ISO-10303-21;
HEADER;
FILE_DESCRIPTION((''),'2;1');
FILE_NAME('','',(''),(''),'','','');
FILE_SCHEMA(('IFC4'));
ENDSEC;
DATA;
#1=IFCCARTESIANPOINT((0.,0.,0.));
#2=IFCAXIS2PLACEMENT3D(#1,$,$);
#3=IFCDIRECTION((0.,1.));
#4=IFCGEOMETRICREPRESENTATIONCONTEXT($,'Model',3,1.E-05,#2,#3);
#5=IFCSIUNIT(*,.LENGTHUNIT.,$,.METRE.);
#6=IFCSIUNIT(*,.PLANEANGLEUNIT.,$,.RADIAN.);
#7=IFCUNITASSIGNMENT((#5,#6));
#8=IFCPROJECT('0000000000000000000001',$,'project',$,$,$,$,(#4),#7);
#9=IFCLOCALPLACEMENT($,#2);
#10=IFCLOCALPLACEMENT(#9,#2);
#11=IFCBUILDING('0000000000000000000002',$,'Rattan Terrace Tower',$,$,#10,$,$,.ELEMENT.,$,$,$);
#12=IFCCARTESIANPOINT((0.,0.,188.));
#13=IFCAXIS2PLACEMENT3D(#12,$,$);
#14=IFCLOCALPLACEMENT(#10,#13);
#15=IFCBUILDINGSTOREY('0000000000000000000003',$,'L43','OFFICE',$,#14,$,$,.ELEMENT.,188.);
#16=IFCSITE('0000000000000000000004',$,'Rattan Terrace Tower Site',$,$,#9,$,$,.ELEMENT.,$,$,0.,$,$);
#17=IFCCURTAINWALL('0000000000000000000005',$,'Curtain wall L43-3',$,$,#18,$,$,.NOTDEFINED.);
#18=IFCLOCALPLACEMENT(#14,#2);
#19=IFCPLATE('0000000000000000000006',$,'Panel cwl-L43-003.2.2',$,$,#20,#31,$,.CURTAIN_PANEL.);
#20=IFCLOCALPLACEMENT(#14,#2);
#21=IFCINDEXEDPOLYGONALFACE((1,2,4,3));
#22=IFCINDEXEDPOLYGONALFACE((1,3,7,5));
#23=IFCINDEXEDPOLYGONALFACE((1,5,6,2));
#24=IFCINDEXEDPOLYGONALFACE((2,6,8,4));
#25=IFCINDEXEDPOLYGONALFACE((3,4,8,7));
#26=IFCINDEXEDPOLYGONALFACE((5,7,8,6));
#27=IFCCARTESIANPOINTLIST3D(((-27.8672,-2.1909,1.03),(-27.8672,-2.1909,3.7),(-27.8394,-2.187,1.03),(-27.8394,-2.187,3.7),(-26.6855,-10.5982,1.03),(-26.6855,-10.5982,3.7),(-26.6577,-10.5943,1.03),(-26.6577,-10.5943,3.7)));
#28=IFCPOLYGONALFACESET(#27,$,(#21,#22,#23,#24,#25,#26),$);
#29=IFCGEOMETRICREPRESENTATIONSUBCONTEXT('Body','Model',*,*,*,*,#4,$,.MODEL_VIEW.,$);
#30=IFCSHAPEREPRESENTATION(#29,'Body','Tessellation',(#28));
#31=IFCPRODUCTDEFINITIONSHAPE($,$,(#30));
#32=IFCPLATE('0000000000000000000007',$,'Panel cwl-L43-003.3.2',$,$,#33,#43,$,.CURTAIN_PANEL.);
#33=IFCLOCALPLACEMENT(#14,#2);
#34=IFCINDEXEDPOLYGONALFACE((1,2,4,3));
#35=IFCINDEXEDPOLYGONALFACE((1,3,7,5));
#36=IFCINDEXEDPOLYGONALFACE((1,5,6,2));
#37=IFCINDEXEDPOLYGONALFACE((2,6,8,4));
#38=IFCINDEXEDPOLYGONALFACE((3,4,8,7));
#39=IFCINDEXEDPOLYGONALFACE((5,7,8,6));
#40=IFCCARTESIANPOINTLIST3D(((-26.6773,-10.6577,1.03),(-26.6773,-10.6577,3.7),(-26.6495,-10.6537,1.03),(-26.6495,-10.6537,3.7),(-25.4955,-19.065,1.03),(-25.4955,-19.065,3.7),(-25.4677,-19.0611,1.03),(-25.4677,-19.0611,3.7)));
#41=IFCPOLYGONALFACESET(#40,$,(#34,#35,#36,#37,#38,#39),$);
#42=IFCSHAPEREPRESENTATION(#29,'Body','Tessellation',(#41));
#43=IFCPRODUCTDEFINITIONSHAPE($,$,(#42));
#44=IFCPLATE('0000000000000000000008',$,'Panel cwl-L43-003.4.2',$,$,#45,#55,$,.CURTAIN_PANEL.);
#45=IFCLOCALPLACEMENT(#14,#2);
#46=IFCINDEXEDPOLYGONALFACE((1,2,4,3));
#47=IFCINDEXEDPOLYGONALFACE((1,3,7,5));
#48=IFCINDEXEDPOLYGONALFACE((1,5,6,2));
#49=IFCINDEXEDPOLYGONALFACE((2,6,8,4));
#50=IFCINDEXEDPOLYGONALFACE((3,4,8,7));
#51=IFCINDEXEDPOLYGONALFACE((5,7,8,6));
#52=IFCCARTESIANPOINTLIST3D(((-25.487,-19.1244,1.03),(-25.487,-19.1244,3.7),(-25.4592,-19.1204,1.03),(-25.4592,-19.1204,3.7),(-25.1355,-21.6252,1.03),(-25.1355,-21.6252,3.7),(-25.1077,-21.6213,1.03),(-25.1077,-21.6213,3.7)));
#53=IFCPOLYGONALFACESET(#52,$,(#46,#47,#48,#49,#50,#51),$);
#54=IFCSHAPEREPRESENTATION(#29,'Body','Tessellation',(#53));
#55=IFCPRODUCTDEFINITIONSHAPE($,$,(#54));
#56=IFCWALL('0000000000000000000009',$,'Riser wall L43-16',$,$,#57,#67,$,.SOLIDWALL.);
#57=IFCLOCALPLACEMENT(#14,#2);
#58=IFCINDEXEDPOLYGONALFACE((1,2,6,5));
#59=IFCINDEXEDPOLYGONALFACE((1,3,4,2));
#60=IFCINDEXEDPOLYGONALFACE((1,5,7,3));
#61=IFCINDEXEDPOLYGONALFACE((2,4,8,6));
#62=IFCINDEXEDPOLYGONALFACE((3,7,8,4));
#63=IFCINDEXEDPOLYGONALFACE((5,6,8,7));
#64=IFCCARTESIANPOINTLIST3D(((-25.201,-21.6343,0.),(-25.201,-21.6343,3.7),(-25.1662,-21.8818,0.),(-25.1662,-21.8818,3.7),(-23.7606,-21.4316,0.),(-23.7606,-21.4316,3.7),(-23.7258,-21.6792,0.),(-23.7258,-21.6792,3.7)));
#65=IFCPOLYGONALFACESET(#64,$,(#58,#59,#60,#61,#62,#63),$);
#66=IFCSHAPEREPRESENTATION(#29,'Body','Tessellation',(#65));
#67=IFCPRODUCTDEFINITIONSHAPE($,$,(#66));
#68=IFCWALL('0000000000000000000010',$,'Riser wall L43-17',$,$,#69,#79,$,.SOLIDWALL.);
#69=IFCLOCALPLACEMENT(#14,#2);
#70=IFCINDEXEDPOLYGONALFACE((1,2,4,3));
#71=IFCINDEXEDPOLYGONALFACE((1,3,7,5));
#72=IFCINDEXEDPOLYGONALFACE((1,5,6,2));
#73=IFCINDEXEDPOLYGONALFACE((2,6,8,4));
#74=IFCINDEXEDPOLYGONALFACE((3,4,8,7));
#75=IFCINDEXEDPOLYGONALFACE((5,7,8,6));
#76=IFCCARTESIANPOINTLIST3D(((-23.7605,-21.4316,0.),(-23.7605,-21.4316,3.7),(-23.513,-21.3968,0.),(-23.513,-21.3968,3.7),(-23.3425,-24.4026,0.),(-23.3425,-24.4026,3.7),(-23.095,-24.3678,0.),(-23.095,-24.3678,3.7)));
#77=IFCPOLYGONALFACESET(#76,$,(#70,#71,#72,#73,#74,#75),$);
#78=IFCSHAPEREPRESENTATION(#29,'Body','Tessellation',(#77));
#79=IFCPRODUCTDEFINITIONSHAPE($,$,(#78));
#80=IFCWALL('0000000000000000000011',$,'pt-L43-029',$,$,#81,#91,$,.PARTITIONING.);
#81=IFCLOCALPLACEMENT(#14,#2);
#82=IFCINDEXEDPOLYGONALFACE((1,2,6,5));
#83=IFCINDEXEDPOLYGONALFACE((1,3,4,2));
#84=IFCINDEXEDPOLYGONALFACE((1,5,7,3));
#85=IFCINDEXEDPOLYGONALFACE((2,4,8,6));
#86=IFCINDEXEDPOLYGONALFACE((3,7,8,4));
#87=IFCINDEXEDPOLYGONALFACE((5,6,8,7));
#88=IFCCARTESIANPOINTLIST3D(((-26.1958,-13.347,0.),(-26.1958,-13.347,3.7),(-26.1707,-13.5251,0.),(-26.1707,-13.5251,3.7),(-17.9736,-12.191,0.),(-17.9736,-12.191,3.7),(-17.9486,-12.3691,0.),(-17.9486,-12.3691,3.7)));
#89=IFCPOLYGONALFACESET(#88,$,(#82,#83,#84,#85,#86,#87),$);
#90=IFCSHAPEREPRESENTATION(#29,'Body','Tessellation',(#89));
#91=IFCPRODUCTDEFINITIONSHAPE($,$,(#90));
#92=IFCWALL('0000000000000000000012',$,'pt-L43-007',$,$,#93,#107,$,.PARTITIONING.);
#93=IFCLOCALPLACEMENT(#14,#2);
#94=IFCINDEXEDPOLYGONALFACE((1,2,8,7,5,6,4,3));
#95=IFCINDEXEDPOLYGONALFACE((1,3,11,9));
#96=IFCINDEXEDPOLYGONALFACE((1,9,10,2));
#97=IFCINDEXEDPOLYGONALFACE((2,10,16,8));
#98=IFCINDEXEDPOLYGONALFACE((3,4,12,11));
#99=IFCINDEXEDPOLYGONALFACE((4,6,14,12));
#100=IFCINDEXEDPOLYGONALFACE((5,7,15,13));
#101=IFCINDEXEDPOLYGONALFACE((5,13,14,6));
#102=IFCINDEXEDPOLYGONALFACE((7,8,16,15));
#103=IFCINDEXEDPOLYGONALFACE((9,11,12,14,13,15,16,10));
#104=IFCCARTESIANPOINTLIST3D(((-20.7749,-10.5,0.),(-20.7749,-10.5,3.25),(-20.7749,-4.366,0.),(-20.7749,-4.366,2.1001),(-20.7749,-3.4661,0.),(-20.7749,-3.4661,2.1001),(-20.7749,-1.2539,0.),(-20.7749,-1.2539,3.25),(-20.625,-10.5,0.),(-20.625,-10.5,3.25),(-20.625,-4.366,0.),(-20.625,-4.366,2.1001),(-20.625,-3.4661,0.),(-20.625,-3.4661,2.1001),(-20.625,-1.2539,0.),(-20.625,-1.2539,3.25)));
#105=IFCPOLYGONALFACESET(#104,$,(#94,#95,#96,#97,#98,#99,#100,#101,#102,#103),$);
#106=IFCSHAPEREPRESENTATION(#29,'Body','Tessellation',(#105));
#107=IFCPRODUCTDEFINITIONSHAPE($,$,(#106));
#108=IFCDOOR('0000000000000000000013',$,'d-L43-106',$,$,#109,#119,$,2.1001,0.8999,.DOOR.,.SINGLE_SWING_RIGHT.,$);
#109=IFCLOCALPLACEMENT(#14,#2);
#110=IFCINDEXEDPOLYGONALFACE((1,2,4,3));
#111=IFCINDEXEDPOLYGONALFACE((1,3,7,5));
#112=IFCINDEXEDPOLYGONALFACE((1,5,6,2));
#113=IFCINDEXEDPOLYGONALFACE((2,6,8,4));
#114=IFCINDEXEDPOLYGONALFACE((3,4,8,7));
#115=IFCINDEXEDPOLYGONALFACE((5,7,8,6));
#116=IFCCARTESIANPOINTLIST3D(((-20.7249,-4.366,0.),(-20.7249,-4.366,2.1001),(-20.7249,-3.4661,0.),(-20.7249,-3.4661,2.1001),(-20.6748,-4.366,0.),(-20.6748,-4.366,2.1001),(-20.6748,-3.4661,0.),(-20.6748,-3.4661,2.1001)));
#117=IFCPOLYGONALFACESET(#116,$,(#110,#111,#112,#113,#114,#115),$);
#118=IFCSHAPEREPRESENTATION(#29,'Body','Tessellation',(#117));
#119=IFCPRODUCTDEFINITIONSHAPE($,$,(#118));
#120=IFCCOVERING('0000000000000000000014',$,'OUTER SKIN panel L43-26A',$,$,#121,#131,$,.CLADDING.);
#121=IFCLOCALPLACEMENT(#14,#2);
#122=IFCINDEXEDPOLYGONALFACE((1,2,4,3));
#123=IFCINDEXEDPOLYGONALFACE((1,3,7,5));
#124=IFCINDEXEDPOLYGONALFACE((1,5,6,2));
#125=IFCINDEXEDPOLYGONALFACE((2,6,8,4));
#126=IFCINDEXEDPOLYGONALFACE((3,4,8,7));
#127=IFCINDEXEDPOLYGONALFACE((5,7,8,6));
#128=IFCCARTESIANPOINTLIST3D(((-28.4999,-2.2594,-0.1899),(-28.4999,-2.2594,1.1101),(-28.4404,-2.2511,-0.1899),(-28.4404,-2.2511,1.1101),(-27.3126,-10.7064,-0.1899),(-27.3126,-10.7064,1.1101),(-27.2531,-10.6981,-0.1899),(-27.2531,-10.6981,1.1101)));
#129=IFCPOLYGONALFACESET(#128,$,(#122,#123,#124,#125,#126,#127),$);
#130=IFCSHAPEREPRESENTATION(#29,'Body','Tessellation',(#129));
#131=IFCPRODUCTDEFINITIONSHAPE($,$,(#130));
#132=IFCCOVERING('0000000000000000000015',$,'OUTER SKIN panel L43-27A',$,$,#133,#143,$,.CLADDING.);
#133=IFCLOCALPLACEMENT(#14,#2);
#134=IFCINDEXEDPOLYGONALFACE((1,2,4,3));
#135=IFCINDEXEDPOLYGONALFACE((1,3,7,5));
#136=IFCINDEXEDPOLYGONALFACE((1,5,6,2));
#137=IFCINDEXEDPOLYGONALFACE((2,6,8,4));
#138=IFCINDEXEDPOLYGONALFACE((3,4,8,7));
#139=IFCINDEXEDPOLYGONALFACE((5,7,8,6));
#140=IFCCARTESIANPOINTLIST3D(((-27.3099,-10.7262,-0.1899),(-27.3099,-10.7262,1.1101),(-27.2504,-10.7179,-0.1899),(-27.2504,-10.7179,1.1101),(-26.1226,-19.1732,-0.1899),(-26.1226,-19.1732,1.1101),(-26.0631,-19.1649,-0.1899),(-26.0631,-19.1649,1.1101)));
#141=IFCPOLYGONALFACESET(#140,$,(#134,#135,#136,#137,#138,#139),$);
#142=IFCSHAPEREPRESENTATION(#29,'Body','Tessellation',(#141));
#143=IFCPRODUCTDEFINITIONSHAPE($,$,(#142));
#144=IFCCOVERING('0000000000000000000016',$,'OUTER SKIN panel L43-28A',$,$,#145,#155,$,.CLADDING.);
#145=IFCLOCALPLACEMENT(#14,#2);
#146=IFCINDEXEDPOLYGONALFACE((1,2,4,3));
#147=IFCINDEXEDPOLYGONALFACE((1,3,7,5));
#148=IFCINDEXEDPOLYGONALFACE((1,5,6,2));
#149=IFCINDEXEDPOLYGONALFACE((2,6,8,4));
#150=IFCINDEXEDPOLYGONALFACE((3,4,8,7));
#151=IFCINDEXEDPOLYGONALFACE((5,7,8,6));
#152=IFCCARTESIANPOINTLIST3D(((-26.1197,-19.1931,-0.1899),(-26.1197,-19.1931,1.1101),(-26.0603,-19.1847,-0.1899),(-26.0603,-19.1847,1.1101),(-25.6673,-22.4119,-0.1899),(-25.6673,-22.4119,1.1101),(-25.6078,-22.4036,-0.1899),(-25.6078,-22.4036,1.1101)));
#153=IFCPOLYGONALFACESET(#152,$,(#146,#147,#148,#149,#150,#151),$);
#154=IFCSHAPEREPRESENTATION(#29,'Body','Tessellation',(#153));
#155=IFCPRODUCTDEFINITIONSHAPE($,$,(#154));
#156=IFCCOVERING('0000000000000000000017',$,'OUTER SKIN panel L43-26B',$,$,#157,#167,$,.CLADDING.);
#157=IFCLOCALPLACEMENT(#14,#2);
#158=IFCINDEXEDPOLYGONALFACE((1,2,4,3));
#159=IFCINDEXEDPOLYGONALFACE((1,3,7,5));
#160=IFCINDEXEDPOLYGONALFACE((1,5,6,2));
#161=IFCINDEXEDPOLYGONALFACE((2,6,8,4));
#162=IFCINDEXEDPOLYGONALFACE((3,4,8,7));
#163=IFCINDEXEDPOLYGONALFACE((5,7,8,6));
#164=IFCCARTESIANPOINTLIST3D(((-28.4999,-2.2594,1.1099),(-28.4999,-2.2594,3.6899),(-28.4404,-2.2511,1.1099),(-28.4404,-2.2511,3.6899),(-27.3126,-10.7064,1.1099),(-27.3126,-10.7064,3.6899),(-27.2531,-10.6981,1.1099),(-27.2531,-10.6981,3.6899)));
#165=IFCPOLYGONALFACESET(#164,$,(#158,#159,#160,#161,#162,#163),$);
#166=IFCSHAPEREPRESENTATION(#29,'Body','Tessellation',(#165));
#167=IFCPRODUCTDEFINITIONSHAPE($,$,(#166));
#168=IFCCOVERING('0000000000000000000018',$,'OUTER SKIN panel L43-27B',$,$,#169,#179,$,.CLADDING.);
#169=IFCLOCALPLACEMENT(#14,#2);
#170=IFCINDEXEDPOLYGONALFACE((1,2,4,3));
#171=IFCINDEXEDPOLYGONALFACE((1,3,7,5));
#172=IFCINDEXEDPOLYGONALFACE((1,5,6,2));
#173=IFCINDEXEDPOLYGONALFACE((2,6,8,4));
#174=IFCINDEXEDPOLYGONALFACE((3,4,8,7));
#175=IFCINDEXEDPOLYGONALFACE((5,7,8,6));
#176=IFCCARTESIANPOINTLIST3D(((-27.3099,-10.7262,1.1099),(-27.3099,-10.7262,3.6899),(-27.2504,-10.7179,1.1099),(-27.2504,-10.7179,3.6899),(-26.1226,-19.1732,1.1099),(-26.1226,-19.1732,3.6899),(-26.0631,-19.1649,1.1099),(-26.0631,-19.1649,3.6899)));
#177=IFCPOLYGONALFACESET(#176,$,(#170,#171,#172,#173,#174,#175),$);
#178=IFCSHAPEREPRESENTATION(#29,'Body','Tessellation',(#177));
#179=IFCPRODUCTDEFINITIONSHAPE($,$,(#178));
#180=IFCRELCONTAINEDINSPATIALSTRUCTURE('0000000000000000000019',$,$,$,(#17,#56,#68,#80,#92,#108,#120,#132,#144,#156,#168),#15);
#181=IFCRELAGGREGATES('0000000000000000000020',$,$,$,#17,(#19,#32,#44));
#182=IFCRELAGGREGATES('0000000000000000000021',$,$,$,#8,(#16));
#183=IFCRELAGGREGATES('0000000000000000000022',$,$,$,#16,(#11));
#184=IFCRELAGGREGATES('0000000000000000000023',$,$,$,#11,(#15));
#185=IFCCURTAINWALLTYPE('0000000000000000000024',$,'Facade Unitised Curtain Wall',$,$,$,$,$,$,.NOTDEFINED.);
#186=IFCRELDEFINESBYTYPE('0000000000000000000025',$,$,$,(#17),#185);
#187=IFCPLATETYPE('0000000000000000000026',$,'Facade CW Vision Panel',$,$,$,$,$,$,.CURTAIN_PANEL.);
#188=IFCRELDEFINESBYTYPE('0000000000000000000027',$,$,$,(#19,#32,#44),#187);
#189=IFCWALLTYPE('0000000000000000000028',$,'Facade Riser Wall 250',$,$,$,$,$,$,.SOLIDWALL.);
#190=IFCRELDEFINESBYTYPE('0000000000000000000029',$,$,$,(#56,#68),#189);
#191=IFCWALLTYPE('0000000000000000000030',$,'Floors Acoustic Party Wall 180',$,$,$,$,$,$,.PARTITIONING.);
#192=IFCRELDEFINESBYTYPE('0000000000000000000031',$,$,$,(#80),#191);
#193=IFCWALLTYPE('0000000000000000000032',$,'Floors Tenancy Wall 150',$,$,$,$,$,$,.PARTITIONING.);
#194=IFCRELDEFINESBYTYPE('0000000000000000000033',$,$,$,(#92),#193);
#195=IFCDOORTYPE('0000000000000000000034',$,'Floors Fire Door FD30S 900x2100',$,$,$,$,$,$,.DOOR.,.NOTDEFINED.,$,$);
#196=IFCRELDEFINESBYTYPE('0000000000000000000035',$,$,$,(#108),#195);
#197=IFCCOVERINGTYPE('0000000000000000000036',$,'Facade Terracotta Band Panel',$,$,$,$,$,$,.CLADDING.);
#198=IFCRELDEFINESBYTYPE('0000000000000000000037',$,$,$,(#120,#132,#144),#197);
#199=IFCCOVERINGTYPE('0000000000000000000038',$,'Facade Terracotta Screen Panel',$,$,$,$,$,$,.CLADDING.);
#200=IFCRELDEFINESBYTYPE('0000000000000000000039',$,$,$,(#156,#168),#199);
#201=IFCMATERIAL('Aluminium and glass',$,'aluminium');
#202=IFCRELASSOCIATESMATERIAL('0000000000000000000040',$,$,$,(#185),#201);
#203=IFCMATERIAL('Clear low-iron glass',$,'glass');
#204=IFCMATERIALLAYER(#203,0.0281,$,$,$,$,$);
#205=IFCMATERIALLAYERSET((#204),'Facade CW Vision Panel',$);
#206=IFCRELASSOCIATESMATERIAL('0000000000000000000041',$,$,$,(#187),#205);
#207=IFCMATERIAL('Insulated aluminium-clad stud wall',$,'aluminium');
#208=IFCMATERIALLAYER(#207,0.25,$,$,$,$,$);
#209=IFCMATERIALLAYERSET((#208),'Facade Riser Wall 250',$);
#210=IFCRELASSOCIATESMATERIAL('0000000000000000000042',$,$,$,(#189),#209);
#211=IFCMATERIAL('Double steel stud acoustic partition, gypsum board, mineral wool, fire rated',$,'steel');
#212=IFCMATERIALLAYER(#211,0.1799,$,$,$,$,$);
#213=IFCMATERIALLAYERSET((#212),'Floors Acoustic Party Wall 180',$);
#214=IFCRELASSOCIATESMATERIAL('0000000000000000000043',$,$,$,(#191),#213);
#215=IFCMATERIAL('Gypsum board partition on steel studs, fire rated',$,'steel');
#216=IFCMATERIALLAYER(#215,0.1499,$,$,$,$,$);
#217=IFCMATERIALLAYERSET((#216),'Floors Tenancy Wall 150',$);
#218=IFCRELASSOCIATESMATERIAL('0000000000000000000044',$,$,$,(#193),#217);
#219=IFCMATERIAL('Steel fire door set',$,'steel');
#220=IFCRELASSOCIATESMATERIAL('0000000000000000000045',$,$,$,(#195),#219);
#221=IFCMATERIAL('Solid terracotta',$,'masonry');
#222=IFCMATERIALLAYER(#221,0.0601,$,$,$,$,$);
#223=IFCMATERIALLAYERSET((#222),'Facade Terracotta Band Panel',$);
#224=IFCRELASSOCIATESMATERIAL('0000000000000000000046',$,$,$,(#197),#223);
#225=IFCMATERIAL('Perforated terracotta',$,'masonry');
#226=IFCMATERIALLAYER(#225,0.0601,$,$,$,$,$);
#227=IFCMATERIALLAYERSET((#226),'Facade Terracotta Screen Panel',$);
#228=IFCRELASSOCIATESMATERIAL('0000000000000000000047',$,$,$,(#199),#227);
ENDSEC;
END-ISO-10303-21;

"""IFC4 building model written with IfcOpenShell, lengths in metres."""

from ifc_helpers import new_model, si_unit, direction, frame, frame_2d, origin, origin_2d, place, context, subcontext, project, spatial, rectangle, extrude, material, layer, layer_set, type_object, element, fill, aggregate, save


model = new_model("IFC4")

# Units and contexts
model_context = context("Model", 3, precision=1e-05, world=origin(), true_north=direction((0.0, 1.0)))
body_context = subcontext(model_context, "Body", "Model", "MODEL_VIEW")
ifc_project = project(units=[si_unit("LENGTHUNIT", "METRE"), si_unit("PLANEANGLEUNIT", "RADIAN")], contexts=[model_context])

# Site, building, storey
site_placement = place(None, origin())
site = spatial("IfcSite", under=ifc_project, at=site_placement, Name="Rattan Terrace Tower Site", CompositionType="ELEMENT", RefElevation=0.0)
building_placement = place(site_placement, origin())
building = spatial("IfcBuilding", under=site, at=building_placement, Name="Rattan Terrace Tower", CompositionType="ELEMENT")
storey_placement = place(building_placement, frame((0.0, 0.0, 188.0)))
storey = spatial("IfcBuildingStorey", under=building, at=storey_placement, Name="L43", Description="OFFICE", CompositionType="ELEMENT", Elevation=188.0)

# Curtain wall
ifc_material_1 = material(Name="Aluminium and glass", Category="aluminium")
curtain_wall_type = type_object("IfcCurtainWallType", Name="Facade Unitised Curtain Wall", PredefinedType="NOTDEFINED", material=ifc_material_1)
curtain_wall_placement = place(storey_placement, origin())
curtain_wall = element("IfcCurtainWall", 1, at=curtain_wall_placement, inside=storey, type_object=curtain_wall_type, Name="Curtain wall L43-3", PredefinedType="NOTDEFINED")

# Plates
ifc_material_2 = material(Name="Clear low-iron glass", Category="glass")
ifc_layer_1 = layer(ifc_material_2, 0.0281)
ifc_layer_set_1 = layer_set([ifc_layer_1], Name="Facade CW Vision Panel")
plate_type_1 = type_object("IfcPlateType", Name="Facade CW Vision Panel", PredefinedType="CURTAIN_PANEL", material=ifc_layer_set_1)
plate_1_placement = place(storey_placement, frame((-27.2625, -6.3926, 1.03), z_axis=(0.0, 0.0, 1.0), x_axis=(0.139191, -0.990266, 0.0)))
plate_1 = element("IfcPlate", 2, at=plate_1_placement, type_object=plate_type_1, Name="Panel cwl-L43-003.2.2", PredefinedType="CURTAIN_PANEL", context=body_context, shape_type="SweptSolid", body=[
    extrude(rectangle(XDim=8.49, YDim=0.0281, at=origin_2d()), origin(), (0.0, 0.0, 1.0), 2.6699),
])
plate_2_placement = place(storey_placement, frame((-26.0725, -14.8594, 1.03), z_axis=(0.0, 0.0, 1.0), x_axis=(0.139191, -0.990266, 0.0)))
plate_2 = element("IfcPlate", 3, at=plate_2_placement, type_object=plate_type_1, Name="Panel cwl-L43-003.3.2", PredefinedType="CURTAIN_PANEL", context=body_context, shape_type="SweptSolid", body=[
    extrude(rectangle(XDim=8.49, YDim=0.0281, at=origin_2d()), origin(), (0.0, 0.0, 1.0), 2.6699),
])
plate_3_placement = place(storey_placement, frame((-25.2974, -20.3728, 1.03), z_axis=(0.0, 0.0, 1.0), x_axis=(0.139191, -0.990266, 0.0)))
plate_3 = element("IfcPlate", 4, at=plate_3_placement, type_object=plate_type_1, Name="Panel cwl-L43-003.4.2", PredefinedType="CURTAIN_PANEL", context=body_context, shape_type="SweptSolid", body=[
    extrude(rectangle(XDim=2.5254, YDim=0.0281, at=origin_2d()), origin(), (0.0, 0.0, 1.0), 2.6699),
])
aggregate(curtain_wall, [plate_1, plate_2, plate_3])

# Walls
ifc_material_3 = material(Name="Insulated aluminium-clad stud wall", Category="aluminium")
ifc_layer_2 = layer(ifc_material_3, 0.25)
ifc_layer_set_2 = layer_set([ifc_layer_2], Name="Facade Riser Wall 250")
wall_type_1 = type_object("IfcWallType", Name="Facade Riser Wall 250", PredefinedType="SOLIDWALL", material=ifc_layer_set_2)
wall_1_placement = place(storey_placement, frame((-25.1836, -21.7581, 0.0), z_axis=(0.0, 0.0, 1.0), x_axis=(0.990249, 0.139306, 0.0)))
element("IfcWall", 5, at=wall_1_placement, inside=storey, type_object=wall_type_1, Name="Riser wall L43-16", PredefinedType="SOLIDWALL", context=body_context, shape_type="SweptSolid", body=[
    extrude(rectangle(XDim=1.4546, YDim=0.25, at=frame_2d((0.7273, 0.0))), origin(), (0.0, 0.0, 1.0), 3.7),
])
wall_2_placement = place(storey_placement, frame((-23.6367, -21.4143, 0.0), z_axis=(0.0, 0.0, 1.0), x_axis=(0.139313, -0.990248, 0.0)))
element("IfcWall", 6, at=wall_2_placement, inside=storey, type_object=wall_type_1, Name="Riser wall L43-17", PredefinedType="SOLIDWALL", context=body_context, shape_type="SweptSolid", body=[
    extrude(rectangle(XDim=3.0002, YDim=0.25, at=frame_2d((1.5, 0.0))), origin(), (0.0, 0.0, 1.0), 3.7),
])
ifc_material_4 = material(Name="Double steel stud acoustic partition, gypsum board, mineral wool, fire rated", Category="steel")
ifc_layer_3 = layer(ifc_material_4, 0.1799)
ifc_layer_set_3 = layer_set([ifc_layer_3], Name="Floors Acoustic Party Wall 180")
wall_type_2 = type_object("IfcWallType", Name="Floors Acoustic Party Wall 180", PredefinedType="PARTITIONING", material=ifc_layer_set_3)
wall_3_placement = place(storey_placement, frame((-26.1831, -13.436, 0.0), z_axis=(0.0, 0.0, 1.0), x_axis=(0.990261, 0.139227, 0.0)))
element("IfcWall", 7, at=wall_3_placement, inside=storey, type_object=wall_type_2, Name="pt-L43-029", PredefinedType="PARTITIONING", context=body_context, shape_type="SweptSolid", body=[
    extrude(rectangle(XDim=8.303, YDim=0.1799, at=frame_2d((4.1514, 0.0))), origin(), (0.0, 0.0, 1.0), 3.7),
])

# Wall, opening, door
ifc_material_5 = material(Name="Gypsum board partition on steel studs, fire rated", Category="steel")
ifc_layer_4 = layer(ifc_material_5, 0.1499)
ifc_layer_set_4 = layer_set([ifc_layer_4], Name="Floors Tenancy Wall 150")
wall_type_3 = type_object("IfcWallType", Name="Floors Tenancy Wall 150", PredefinedType="PARTITIONING", material=ifc_layer_set_4)
wall_4_placement = place(storey_placement, frame((-20.7, -10.5, 0.0), z_axis=(0.0, 0.0, 1.0), x_axis=(0.0, 1.0, 0.0)))
wall_4 = element("IfcWall", 8, at=wall_4_placement, inside=storey, type_object=wall_type_3, Name="pt-L43-007", PredefinedType="PARTITIONING", context=body_context, shape_type="SweptSolid", body=[
    extrude(rectangle(XDim=9.2461, YDim=0.1499, at=frame_2d((4.623, 0.0))), origin(), (0.0, 0.0, 1.0), 3.25),
])
opening_placement = place(wall_4_placement, frame((6.134, 0.0, 0.0)))
opening = element("IfcOpeningElement", 9, at=opening_placement, cuts=wall_4, PredefinedType="OPENING", context=body_context, shape_type="SweptSolid", body=[
    extrude(rectangle(XDim=0.8999, YDim=2.1001, at=frame_2d((0.45, 1.05))), frame((0.0, 0.0854, 0.0), z_axis=(0.0, -1.0, 0.0), x_axis=(1.0, 0.0, 0.0)), (0.0, 0.0, 1.0), 0.1709),
])
ifc_material_6 = material(Name="Steel fire door set", Category="steel")
door_type = type_object("IfcDoorType", Name="Floors Fire Door FD30S 900x2100", OperationType="NOTDEFINED", PredefinedType="DOOR", material=ifc_material_6)
door_placement = place(opening_placement, origin())
door = element("IfcDoor", 10, at=door_placement, inside=storey, type_object=door_type, Name="d-L43-106", OperationType="SINGLE_SWING_RIGHT", OverallHeight=2.1001, OverallWidth=0.8999, PredefinedType="DOOR", context=body_context, shape_type="SweptSolid", body=[
    extrude(rectangle(XDim=0.8999, YDim=2.1001, at=frame_2d((0.45, 1.05))), frame((0.0, 0.0249, 0.0), z_axis=(0.0, -1.0, 0.0), x_axis=(1.0, 0.0, 0.0)), (0.0, 0.0, 1.0), 0.05),
])
fill(opening, door)

# Coverings
ifc_material_7 = material(Name="Solid terracotta", Category="masonry")
ifc_layer_5 = layer(ifc_material_7, 0.0601)
ifc_layer_set_5 = layer_set([ifc_layer_5], Name="Facade Terracotta Band Panel")
covering_type_1 = type_object("IfcCoveringType", Name="Facade Terracotta Band Panel", PredefinedType="CLADDING", material=ifc_layer_set_5)
for number, where, z_axis, x_axis, name in (
    (11, (-27.8765, -6.4788, -0.1899), (0.0, 0.0, 1.0), (0.139191, -0.990266, 0.0), "OUTER SKIN panel L43-26A"),
    (12, (-26.6865, -14.9456, -0.1899), (0.0, 0.0, 1.0), (0.139191, -0.990266, 0.0), "OUTER SKIN panel L43-27A"),
):
    element("IfcCovering", number, at=place(storey_placement, frame(where, z_axis=z_axis, x_axis=x_axis)), inside=storey, type_object=covering_type_1, Name=name, PredefinedType="CLADDING", context=body_context, shape_type="SweptSolid", body=[
        extrude(rectangle(XDim=8.53, YDim=0.0601, at=origin_2d()), origin(), (0.0, 0.0, 1.0), 1.3),
    ])
covering_1_placement = place(storey_placement, frame((-25.8638, -20.7983, -0.1899), z_axis=(0.0, 0.0, 1.0), x_axis=(0.139191, -0.990266, 0.0)))
element("IfcCovering", 13, at=covering_1_placement, inside=storey, type_object=covering_type_1, Name="OUTER SKIN panel L43-28A", PredefinedType="CLADDING", context=body_context, shape_type="SweptSolid", body=[
    extrude(rectangle(XDim=3.2505, YDim=0.0601, at=origin_2d()), origin(), (0.0, 0.0, 1.0), 1.3),
])
ifc_material_8 = material(Name="Perforated terracotta", Category="masonry")
ifc_layer_6 = layer(ifc_material_8, 0.0601)
ifc_layer_set_6 = layer_set([ifc_layer_6], Name="Facade Terracotta Screen Panel")
covering_type_2 = type_object("IfcCoveringType", Name="Facade Terracotta Screen Panel", PredefinedType="CLADDING", material=ifc_layer_set_6)
for number, where, z_axis, x_axis, name in (
    (14, (-27.8765, -6.4788, 1.1099), (0.0, 0.0, 1.0), (0.139191, -0.990266, 0.0), "OUTER SKIN panel L43-26B"),
    (15, (-26.6865, -14.9456, 1.1099), (0.0, 0.0, 1.0), (0.139191, -0.990266, 0.0), "OUTER SKIN panel L43-27B"),
):
    element("IfcCovering", number, at=place(storey_placement, frame(where, z_axis=z_axis, x_axis=x_axis)), inside=storey, type_object=covering_type_2, Name=name, PredefinedType="CLADDING", context=body_context, shape_type="SweptSolid", body=[
        extrude(rectangle(XDim=8.53, YDim=0.0601, at=origin_2d()), origin(), (0.0, 0.0, 1.0), 2.5801),
    ])

save(model, "model.ifc")
